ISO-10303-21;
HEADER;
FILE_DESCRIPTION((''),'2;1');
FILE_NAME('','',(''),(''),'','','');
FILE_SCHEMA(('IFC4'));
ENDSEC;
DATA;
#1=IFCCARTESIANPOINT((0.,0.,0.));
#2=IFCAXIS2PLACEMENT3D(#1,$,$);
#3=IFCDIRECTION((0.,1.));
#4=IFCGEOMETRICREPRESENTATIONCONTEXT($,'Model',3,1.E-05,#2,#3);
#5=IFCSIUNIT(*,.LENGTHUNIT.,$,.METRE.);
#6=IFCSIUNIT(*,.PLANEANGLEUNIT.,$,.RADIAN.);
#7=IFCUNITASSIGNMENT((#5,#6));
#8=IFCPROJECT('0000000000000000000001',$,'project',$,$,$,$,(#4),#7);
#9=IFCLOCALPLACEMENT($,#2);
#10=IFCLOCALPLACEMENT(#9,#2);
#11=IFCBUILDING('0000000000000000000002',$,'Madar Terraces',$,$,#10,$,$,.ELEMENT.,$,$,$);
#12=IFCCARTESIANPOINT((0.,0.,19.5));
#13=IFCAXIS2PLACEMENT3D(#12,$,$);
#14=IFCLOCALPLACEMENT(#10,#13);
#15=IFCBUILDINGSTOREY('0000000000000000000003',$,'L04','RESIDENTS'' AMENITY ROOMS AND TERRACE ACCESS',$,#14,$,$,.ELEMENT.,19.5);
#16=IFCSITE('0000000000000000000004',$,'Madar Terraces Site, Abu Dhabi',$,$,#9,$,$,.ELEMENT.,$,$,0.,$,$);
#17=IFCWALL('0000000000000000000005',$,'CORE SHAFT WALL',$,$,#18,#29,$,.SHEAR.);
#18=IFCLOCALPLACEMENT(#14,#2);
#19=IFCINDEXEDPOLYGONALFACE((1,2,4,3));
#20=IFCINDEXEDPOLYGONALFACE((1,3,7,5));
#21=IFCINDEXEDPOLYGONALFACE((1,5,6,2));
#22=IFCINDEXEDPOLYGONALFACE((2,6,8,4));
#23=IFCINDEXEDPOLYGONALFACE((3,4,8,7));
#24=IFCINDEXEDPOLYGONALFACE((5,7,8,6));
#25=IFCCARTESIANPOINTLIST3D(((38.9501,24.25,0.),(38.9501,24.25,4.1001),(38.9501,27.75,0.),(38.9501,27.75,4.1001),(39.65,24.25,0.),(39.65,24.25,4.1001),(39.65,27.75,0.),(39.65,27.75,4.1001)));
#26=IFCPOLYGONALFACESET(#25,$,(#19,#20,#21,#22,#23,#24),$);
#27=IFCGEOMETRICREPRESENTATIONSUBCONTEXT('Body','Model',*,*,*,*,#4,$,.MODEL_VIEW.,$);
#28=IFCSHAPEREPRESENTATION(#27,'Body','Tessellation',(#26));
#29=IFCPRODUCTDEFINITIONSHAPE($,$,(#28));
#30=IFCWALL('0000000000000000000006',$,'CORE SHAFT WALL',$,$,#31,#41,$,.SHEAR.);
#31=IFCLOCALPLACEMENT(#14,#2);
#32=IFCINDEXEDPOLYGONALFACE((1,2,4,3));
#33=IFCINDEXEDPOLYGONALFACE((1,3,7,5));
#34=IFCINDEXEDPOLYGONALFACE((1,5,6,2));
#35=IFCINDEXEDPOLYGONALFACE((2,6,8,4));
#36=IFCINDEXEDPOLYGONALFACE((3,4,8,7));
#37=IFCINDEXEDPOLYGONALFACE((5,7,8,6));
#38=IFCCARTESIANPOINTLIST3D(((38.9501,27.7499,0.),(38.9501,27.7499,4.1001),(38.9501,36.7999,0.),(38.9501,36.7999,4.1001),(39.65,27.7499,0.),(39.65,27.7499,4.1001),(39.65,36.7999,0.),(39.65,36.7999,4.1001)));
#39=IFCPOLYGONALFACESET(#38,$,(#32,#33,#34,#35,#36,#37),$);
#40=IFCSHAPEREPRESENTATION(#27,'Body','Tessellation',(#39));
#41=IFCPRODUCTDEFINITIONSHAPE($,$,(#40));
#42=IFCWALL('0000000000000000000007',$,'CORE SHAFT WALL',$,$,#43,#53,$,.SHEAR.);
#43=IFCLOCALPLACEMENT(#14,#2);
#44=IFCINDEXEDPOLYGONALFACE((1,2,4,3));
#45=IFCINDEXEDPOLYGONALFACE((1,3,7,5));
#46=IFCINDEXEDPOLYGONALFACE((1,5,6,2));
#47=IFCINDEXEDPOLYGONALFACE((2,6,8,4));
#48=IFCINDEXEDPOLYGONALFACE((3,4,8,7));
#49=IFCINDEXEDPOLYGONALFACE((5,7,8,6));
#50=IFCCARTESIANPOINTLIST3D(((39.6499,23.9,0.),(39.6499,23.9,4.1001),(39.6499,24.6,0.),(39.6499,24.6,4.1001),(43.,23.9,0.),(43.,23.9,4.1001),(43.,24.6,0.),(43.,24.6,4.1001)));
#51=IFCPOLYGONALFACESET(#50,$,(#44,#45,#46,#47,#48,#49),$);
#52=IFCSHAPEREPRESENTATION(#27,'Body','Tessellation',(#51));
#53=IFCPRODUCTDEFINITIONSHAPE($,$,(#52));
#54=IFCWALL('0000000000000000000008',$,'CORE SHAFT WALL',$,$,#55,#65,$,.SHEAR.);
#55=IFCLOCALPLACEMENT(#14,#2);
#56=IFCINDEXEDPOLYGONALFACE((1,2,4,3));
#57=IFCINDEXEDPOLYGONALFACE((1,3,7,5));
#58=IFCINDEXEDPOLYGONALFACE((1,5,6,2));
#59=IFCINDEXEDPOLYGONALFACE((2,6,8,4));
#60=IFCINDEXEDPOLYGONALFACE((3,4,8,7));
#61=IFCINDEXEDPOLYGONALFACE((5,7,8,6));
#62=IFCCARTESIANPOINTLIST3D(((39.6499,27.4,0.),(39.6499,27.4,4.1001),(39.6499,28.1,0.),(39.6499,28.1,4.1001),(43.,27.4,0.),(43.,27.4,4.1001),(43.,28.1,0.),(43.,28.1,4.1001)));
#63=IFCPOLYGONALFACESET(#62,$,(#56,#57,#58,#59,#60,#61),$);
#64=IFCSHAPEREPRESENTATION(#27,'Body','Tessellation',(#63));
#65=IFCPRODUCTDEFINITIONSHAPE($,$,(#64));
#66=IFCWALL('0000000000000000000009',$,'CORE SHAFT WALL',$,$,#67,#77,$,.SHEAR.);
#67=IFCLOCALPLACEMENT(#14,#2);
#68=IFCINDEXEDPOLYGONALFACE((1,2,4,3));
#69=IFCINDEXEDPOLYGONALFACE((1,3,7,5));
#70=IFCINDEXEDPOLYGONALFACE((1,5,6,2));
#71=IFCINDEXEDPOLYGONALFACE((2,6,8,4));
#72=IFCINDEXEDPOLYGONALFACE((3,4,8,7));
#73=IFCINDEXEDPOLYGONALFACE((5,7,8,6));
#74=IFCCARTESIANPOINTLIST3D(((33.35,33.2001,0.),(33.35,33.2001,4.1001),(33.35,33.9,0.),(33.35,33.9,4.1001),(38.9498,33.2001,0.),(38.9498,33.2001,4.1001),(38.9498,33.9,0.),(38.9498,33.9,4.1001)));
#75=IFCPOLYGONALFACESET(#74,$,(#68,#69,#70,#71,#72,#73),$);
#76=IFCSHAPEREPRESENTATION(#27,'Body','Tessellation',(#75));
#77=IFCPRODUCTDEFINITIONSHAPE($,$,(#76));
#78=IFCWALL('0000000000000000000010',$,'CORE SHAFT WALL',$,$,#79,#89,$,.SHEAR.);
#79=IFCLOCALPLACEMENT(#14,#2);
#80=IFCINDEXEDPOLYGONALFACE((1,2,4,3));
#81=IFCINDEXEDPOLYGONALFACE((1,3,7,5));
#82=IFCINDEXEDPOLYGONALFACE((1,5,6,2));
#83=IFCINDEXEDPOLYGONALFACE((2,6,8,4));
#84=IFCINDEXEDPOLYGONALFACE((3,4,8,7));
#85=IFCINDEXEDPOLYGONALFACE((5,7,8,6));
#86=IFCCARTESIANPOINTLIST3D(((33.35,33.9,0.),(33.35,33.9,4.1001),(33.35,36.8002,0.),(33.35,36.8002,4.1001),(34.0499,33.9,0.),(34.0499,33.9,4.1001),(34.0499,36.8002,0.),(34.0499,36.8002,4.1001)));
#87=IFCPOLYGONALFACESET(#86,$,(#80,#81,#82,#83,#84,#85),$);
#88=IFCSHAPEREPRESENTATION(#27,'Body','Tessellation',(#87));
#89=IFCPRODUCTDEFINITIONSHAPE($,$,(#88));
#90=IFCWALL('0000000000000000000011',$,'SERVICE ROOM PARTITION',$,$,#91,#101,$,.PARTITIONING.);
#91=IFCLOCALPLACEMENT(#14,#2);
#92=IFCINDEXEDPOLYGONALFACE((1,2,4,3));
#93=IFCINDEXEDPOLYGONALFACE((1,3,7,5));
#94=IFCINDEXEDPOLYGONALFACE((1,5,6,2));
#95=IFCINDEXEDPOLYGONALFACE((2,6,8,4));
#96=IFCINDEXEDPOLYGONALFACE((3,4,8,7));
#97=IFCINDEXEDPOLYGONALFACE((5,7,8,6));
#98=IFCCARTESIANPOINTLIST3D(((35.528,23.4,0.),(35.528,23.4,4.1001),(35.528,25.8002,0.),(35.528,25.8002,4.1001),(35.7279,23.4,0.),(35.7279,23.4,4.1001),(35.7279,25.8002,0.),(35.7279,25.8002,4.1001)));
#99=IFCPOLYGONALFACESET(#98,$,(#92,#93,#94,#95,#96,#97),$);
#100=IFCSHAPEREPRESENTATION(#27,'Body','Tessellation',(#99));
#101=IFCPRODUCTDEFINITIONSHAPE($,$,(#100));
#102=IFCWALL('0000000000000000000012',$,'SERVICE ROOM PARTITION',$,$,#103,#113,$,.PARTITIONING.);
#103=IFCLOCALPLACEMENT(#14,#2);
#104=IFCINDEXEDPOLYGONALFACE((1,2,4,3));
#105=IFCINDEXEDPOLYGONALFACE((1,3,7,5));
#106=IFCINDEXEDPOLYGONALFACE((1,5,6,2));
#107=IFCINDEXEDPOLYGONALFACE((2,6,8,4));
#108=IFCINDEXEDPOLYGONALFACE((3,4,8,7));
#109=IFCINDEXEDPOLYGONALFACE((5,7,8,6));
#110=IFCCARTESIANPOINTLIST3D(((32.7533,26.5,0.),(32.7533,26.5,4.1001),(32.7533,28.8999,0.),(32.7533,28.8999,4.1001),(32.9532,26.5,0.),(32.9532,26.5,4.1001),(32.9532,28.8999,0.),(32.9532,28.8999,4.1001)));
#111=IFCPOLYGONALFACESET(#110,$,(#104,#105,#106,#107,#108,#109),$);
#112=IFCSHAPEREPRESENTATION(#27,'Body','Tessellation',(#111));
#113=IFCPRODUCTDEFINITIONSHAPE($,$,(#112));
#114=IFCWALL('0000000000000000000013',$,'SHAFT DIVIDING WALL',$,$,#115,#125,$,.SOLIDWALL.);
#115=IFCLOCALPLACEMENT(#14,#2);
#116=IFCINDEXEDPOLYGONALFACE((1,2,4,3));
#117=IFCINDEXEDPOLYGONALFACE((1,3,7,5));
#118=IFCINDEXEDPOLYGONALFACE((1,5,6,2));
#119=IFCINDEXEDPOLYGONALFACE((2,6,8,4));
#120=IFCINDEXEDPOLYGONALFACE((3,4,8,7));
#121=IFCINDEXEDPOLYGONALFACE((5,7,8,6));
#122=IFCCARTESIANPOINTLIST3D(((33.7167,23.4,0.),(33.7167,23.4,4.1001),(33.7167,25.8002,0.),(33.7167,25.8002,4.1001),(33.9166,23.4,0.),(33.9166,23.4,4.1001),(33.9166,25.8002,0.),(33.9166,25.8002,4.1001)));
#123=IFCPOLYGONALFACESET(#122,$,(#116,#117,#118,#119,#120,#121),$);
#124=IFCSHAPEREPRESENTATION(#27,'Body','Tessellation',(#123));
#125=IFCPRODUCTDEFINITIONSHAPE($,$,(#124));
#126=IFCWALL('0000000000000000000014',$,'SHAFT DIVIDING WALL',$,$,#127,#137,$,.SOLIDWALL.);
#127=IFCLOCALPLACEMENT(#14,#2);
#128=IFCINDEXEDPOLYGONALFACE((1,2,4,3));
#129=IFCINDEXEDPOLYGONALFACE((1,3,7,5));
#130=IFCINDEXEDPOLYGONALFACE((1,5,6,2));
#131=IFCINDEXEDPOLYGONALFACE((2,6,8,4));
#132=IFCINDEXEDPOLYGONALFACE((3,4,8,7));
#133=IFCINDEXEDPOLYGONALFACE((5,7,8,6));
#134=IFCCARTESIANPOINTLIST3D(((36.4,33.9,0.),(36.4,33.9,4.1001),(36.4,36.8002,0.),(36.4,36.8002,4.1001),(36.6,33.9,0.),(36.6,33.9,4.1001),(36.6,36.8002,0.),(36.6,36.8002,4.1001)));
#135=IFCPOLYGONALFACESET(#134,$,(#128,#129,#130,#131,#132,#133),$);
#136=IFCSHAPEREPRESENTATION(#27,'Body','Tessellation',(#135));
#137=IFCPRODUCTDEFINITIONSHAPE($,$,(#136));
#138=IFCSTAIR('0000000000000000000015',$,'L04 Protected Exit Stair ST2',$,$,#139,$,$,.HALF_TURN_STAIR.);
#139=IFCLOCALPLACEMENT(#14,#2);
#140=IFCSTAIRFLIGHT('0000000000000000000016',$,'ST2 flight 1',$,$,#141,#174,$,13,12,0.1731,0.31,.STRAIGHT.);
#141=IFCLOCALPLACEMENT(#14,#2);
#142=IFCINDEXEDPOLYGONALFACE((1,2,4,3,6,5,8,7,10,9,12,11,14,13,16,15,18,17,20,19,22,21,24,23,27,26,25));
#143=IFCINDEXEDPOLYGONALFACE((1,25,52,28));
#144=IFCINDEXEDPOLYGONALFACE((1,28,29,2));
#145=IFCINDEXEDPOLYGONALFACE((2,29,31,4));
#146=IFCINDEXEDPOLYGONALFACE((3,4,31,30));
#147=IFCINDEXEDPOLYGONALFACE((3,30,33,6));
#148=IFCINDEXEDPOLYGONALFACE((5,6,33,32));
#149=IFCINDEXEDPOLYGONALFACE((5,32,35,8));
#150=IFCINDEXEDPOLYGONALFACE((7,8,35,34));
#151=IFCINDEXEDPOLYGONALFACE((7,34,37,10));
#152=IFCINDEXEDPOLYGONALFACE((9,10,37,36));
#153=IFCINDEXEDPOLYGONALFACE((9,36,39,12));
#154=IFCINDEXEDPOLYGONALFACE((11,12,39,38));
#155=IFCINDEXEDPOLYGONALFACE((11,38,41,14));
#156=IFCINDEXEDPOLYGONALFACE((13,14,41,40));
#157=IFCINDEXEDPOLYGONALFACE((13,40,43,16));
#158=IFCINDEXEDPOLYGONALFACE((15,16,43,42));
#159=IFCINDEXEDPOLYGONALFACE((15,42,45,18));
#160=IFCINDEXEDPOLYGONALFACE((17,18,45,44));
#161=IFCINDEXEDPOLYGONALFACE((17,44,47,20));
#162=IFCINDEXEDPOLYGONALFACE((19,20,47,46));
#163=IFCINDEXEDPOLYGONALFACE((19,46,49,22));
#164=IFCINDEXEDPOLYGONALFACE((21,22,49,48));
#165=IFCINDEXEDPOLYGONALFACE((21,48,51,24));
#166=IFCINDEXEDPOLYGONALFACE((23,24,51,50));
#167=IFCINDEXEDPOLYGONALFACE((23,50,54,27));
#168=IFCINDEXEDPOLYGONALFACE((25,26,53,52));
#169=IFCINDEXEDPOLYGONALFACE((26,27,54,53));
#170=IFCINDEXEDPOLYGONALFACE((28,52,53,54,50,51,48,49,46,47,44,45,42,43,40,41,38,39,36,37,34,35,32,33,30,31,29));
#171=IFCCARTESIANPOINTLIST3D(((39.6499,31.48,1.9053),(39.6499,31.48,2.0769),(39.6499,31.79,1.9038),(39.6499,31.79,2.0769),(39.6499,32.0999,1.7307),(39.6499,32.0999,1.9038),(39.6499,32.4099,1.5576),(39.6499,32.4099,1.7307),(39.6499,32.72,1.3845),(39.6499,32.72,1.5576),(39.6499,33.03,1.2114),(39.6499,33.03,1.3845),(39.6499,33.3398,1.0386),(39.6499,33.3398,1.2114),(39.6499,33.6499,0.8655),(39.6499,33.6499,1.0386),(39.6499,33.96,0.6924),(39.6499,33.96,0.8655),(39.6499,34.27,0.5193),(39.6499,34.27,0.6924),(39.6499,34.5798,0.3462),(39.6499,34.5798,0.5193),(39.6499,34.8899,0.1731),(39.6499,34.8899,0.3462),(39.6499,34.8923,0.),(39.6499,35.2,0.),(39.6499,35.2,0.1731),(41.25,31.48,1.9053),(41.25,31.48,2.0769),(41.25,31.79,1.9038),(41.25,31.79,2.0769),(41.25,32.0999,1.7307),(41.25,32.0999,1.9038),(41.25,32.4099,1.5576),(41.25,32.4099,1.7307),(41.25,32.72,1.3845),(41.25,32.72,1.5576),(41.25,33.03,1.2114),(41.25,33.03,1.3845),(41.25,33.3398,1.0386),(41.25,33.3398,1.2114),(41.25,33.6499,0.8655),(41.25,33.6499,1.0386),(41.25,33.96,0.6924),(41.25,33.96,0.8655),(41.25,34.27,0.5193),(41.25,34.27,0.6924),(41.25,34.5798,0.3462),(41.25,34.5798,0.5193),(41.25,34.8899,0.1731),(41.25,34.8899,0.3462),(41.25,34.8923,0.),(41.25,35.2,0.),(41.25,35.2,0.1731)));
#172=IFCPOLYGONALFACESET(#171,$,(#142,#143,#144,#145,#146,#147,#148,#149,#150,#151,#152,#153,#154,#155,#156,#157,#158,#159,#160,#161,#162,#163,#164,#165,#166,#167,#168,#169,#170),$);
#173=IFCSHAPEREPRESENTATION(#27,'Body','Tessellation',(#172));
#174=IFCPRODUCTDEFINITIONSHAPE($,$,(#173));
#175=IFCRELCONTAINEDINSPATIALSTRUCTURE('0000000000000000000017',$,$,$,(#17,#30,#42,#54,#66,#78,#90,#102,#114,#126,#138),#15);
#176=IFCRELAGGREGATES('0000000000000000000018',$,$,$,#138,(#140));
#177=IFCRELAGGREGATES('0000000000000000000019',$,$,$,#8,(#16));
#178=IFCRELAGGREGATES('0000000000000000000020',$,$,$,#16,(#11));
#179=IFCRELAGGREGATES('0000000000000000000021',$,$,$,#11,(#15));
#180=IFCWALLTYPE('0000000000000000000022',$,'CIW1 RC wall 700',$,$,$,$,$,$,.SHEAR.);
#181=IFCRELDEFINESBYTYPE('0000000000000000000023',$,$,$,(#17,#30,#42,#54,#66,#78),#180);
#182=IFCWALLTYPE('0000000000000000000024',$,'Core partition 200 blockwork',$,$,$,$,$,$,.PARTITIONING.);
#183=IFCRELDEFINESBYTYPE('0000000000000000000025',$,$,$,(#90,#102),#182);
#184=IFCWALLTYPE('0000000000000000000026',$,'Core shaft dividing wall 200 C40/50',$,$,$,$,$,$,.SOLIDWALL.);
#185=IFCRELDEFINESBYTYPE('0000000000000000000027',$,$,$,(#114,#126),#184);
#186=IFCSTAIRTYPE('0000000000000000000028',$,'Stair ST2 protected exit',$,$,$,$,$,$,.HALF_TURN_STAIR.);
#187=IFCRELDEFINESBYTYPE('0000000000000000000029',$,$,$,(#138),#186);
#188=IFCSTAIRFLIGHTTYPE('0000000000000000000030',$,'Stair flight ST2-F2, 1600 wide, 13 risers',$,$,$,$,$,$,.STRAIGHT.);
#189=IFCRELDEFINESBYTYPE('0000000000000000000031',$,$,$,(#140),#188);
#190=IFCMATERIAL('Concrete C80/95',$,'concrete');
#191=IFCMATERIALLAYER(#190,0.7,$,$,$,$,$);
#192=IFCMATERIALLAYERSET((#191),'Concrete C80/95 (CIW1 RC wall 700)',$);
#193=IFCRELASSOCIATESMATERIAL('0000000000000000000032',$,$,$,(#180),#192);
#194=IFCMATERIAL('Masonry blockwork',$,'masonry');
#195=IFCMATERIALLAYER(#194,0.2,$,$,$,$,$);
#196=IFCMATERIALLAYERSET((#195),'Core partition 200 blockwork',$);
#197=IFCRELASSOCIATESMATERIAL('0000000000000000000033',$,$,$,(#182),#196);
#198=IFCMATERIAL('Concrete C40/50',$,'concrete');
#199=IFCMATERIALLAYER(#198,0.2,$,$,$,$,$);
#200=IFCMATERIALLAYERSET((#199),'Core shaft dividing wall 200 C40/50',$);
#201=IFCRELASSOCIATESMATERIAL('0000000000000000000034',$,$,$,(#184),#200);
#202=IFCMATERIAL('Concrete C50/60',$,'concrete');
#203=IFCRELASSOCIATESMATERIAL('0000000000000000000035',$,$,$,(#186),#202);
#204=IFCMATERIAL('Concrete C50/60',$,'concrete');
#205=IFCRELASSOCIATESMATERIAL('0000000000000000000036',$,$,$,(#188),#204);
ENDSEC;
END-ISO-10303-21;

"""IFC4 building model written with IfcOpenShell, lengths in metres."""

from ifc_helpers import new_model, si_unit, direction, frame, frame_2d, origin, place, context, subcontext, project, spatial, polyline, rectangle, outline, extrude, material, layer, layer_set, type_object, element, aggregate, save


model = new_model("IFC4")

# Units and contexts
model_context = context("Model", 3, precision=1e-05, world=origin(), true_north=direction((0.0, 1.0)))
body_context = subcontext(model_context, "Body", "Model", "MODEL_VIEW")
ifc_project = project(units=[si_unit("LENGTHUNIT", "METRE"), si_unit("PLANEANGLEUNIT", "RADIAN")], contexts=[model_context])

# Site, building, storey
site_placement = place(None, origin())
site = spatial("IfcSite", under=ifc_project, at=site_placement, Name="Madar Terraces Site, Abu Dhabi", CompositionType="ELEMENT", RefElevation=0.0)
building_placement = place(site_placement, origin())
building = spatial("IfcBuilding", under=site, at=building_placement, Name="Madar Terraces", CompositionType="ELEMENT")
storey_placement = place(building_placement, frame((0.0, 0.0, 19.5)))
storey = spatial("IfcBuildingStorey", under=building, at=storey_placement, Name="L04", Description="RESIDENTS' AMENITY ROOMS AND TERRACE ACCESS", CompositionType="ELEMENT", Elevation=19.5)

# Walls
ifc_material_1 = material(Name="Concrete C80/95", Category="concrete")
ifc_layer_1 = layer(ifc_material_1, 0.7)
ifc_layer_set_1 = layer_set([ifc_layer_1], Name="Concrete C80/95 (CIW1 RC wall 700)")
wall_type_1 = type_object("IfcWallType", Name="CIW1 RC wall 700", PredefinedType="SHEAR", material=ifc_layer_set_1)
wall_1_placement = place(storey_placement, frame((39.3, 24.25, 0.0), z_axis=(0.0, 0.0, 1.0), x_axis=(0.0, 1.0, 0.0)))
element("IfcWall", 1, at=wall_1_placement, inside=storey, type_object=wall_type_1, Name="CORE SHAFT WALL", PredefinedType="SHEAR", context=body_context, shape_type="SweptSolid", body=[
    extrude(rectangle(XDim=3.5, YDim=0.7, at=frame_2d((1.75, 0.0))), origin(), (0.0, 0.0, 1.0), 4.1001),
])
wall_2_placement = place(storey_placement, frame((39.3, 27.75, 0.0), z_axis=(0.0, 0.0, 1.0), x_axis=(0.0, 1.0, 0.0)))
element("IfcWall", 2, at=wall_2_placement, inside=storey, type_object=wall_type_1, Name="CORE SHAFT WALL", PredefinedType="SHEAR", context=body_context, shape_type="SweptSolid", body=[
    extrude(rectangle(XDim=9.05, YDim=0.7, at=frame_2d((4.5249, 0.0))), origin(), (0.0, 0.0, 1.0), 4.1001),
])
for number, where, z_axis, x_axis, name in (
    (3, (39.6499, 24.25, 0.0), (0.0, 0.0, 1.0), (1.0, 0.0, 0.0), "CORE SHAFT WALL"),
    (4, (39.6499, 27.75, 0.0), (0.0, 0.0, 1.0), (1.0, 0.0, 0.0), "CORE SHAFT WALL"),
):
    element("IfcWall", number, at=place(storey_placement, frame(where, z_axis=z_axis, x_axis=x_axis)), inside=storey, type_object=wall_type_1, Name=name, PredefinedType="SHEAR", context=body_context, shape_type="SweptSolid", body=[
        extrude(rectangle(XDim=3.3501, YDim=0.7, at=frame_2d((1.675, 0.0))), origin(), (0.0, 0.0, 1.0), 4.1001),
    ])
wall_3_placement = place(storey_placement, frame((33.3501, 33.55, 0.0), z_axis=(0.0, 0.0, 1.0), x_axis=(1.0, 0.0, 0.0)))
element("IfcWall", 5, at=wall_3_placement, inside=storey, type_object=wall_type_1, Name="CORE SHAFT WALL", PredefinedType="SHEAR", context=body_context, shape_type="SweptSolid", body=[
    extrude(rectangle(XDim=5.5999, YDim=0.7, at=frame_2d((2.7998, 0.0))), origin(), (0.0, 0.0, 1.0), 4.1001),
])
wall_4_placement = place(storey_placement, frame((33.7, 33.8999, 0.0), z_axis=(0.0, 0.0, 1.0), x_axis=(0.0, 1.0, 0.0)))
element("IfcWall", 6, at=wall_4_placement, inside=storey, type_object=wall_type_1, Name="CORE SHAFT WALL", PredefinedType="SHEAR", context=body_context, shape_type="SweptSolid", body=[
    extrude(rectangle(XDim=2.9001, YDim=0.7, at=frame_2d((1.4502, 0.0))), origin(), (0.0, 0.0, 1.0), 4.1001),
])
ifc_material_2 = material(Name="Masonry blockwork", Category="masonry")
ifc_layer_2 = layer(ifc_material_2, 0.2)
ifc_layer_set_2 = layer_set([ifc_layer_2], Name="Core partition 200 blockwork")
wall_type_2 = type_object("IfcWallType", Name="Core partition 200 blockwork", PredefinedType="PARTITIONING", material=ifc_layer_set_2)
wall_5_placement = place(storey_placement, frame((35.6279, 23.3999, 0.0), z_axis=(0.0, 0.0, 1.0), x_axis=(0.0, 1.0, 0.0)))
element("IfcWall", 7, at=wall_5_placement, inside=storey, type_object=wall_type_2, Name="SERVICE ROOM PARTITION", PredefinedType="PARTITIONING", context=body_context, shape_type="SweptSolid", body=[
    extrude(rectangle(XDim=2.4001, YDim=0.2, at=frame_2d((1.2002, 0.0))), origin(), (0.0, 0.0, 1.0), 4.1001),
])
wall_6_placement = place(storey_placement, frame((32.8533, 26.5, 0.0), z_axis=(0.0, 0.0, 1.0), x_axis=(0.0, 1.0, 0.0)))
element("IfcWall", 8, at=wall_6_placement, inside=storey, type_object=wall_type_2, Name="SERVICE ROOM PARTITION", PredefinedType="PARTITIONING", context=body_context, shape_type="SweptSolid", body=[
    extrude(rectangle(XDim=2.3999, YDim=0.2, at=frame_2d((1.2, 0.0))), origin(), (0.0, 0.0, 1.0), 4.1001),
])
ifc_material_3 = material(Name="Concrete C40/50", Category="concrete")
ifc_layer_3 = layer(ifc_material_3, 0.2)
ifc_layer_set_3 = layer_set([ifc_layer_3], Name="Core shaft dividing wall 200 C40/50")
wall_type_3 = type_object("IfcWallType", Name="Core shaft dividing wall 200 C40/50", PredefinedType="SOLIDWALL", material=ifc_layer_set_3)
wall_7_placement = place(storey_placement, frame((33.8167, 23.3999, 0.0), z_axis=(0.0, 0.0, 1.0), x_axis=(0.0, 1.0, 0.0)))
element("IfcWall", 9, at=wall_7_placement, inside=storey, type_object=wall_type_3, Name="SHAFT DIVIDING WALL", PredefinedType="SOLIDWALL", context=body_context, shape_type="SweptSolid", body=[
    extrude(rectangle(XDim=2.4001, YDim=0.2, at=frame_2d((1.2002, 0.0))), origin(), (0.0, 0.0, 1.0), 4.1001),
])
wall_8_placement = place(storey_placement, frame((36.5, 33.8999, 0.0), z_axis=(0.0, 0.0, 1.0), x_axis=(0.0, 1.0, 0.0)))
element("IfcWall", 10, at=wall_8_placement, inside=storey, type_object=wall_type_3, Name="SHAFT DIVIDING WALL", PredefinedType="SOLIDWALL", context=body_context, shape_type="SweptSolid", body=[
    extrude(rectangle(XDim=2.9001, YDim=0.2, at=frame_2d((1.4502, 0.0))), origin(), (0.0, 0.0, 1.0), 4.1001),
])

# Stair, stair flight
ifc_material_4 = material(Name="Concrete C50/60", Category="concrete")
stair_type_1 = type_object("IfcStairType", Name="Stair ST2 protected exit", PredefinedType="HALF_TURN_STAIR", material=ifc_material_4)
stair_1_placement = place(storey_placement, origin())
stair_1 = element("IfcStair", 11, at=stair_1_placement, inside=storey, type_object=stair_type_1, Name="L04 Protected Exit Stair ST2", PredefinedType="HALF_TURN_STAIR")
ifc_material_5 = material(Name="Concrete C50/60", Category="concrete")
stair_flight_type_1 = type_object("IfcStairFlightType", Name="Stair flight ST2-F2, 1600 wide, 13 risers", PredefinedType="STRAIGHT", material=ifc_material_5)
stair_flight_1_placement = place(storey_placement, frame((40.45, 35.2, 0.0), z_axis=(0.0, 0.0, 1.0), x_axis=(0.0, -1.0, 0.0)))
stair_flight_1 = element("IfcStairFlight", 12, at=stair_flight_1_placement, type_object=stair_flight_type_1, Name="ST2 flight 1", NumberOfRisers=13, NumberOfTreads=12, PredefinedType="STRAIGHT", RiserHeight=0.1731, TreadLength=0.31, context=body_context, shape_type="SweptSolid", body=[
    extrude(outline(polyline([(0.0, 0.0), (0.0, 0.1731), (0.3101, 0.1731), (0.3101, 0.3462), (0.6201, 0.3462), (0.6201, 0.5193), (0.9299, 0.5193), (0.9299, 0.6924), (1.24, 0.6924), (1.24, 0.8655), (1.55, 0.8655), (1.55, 1.0386), (1.8601, 1.0386), (1.8601, 1.2114), (2.1699, 1.2114), (2.1699, 1.3845), (2.48, 1.3845), (2.48, 1.5576), (2.79, 1.5576), (2.79, 1.7307), (3.1001, 1.7307), (3.1001, 1.9038), (3.4099, 1.9038), (3.4099, 2.0769), (3.72, 2.0769), (3.72, 2.25), (3.72, 1.9053), (0.3076, 0.0), (0.0, 0.0)])), frame((0.0, 0.8, 0.0), z_axis=(0.0, -1.0, 0.0), x_axis=(1.0, 0.0, 0.0)), (0.0, 0.0, 1.0), 1.6001),
])
aggregate(stair_1, [stair_flight_1])

save(model, "model.ifc")
